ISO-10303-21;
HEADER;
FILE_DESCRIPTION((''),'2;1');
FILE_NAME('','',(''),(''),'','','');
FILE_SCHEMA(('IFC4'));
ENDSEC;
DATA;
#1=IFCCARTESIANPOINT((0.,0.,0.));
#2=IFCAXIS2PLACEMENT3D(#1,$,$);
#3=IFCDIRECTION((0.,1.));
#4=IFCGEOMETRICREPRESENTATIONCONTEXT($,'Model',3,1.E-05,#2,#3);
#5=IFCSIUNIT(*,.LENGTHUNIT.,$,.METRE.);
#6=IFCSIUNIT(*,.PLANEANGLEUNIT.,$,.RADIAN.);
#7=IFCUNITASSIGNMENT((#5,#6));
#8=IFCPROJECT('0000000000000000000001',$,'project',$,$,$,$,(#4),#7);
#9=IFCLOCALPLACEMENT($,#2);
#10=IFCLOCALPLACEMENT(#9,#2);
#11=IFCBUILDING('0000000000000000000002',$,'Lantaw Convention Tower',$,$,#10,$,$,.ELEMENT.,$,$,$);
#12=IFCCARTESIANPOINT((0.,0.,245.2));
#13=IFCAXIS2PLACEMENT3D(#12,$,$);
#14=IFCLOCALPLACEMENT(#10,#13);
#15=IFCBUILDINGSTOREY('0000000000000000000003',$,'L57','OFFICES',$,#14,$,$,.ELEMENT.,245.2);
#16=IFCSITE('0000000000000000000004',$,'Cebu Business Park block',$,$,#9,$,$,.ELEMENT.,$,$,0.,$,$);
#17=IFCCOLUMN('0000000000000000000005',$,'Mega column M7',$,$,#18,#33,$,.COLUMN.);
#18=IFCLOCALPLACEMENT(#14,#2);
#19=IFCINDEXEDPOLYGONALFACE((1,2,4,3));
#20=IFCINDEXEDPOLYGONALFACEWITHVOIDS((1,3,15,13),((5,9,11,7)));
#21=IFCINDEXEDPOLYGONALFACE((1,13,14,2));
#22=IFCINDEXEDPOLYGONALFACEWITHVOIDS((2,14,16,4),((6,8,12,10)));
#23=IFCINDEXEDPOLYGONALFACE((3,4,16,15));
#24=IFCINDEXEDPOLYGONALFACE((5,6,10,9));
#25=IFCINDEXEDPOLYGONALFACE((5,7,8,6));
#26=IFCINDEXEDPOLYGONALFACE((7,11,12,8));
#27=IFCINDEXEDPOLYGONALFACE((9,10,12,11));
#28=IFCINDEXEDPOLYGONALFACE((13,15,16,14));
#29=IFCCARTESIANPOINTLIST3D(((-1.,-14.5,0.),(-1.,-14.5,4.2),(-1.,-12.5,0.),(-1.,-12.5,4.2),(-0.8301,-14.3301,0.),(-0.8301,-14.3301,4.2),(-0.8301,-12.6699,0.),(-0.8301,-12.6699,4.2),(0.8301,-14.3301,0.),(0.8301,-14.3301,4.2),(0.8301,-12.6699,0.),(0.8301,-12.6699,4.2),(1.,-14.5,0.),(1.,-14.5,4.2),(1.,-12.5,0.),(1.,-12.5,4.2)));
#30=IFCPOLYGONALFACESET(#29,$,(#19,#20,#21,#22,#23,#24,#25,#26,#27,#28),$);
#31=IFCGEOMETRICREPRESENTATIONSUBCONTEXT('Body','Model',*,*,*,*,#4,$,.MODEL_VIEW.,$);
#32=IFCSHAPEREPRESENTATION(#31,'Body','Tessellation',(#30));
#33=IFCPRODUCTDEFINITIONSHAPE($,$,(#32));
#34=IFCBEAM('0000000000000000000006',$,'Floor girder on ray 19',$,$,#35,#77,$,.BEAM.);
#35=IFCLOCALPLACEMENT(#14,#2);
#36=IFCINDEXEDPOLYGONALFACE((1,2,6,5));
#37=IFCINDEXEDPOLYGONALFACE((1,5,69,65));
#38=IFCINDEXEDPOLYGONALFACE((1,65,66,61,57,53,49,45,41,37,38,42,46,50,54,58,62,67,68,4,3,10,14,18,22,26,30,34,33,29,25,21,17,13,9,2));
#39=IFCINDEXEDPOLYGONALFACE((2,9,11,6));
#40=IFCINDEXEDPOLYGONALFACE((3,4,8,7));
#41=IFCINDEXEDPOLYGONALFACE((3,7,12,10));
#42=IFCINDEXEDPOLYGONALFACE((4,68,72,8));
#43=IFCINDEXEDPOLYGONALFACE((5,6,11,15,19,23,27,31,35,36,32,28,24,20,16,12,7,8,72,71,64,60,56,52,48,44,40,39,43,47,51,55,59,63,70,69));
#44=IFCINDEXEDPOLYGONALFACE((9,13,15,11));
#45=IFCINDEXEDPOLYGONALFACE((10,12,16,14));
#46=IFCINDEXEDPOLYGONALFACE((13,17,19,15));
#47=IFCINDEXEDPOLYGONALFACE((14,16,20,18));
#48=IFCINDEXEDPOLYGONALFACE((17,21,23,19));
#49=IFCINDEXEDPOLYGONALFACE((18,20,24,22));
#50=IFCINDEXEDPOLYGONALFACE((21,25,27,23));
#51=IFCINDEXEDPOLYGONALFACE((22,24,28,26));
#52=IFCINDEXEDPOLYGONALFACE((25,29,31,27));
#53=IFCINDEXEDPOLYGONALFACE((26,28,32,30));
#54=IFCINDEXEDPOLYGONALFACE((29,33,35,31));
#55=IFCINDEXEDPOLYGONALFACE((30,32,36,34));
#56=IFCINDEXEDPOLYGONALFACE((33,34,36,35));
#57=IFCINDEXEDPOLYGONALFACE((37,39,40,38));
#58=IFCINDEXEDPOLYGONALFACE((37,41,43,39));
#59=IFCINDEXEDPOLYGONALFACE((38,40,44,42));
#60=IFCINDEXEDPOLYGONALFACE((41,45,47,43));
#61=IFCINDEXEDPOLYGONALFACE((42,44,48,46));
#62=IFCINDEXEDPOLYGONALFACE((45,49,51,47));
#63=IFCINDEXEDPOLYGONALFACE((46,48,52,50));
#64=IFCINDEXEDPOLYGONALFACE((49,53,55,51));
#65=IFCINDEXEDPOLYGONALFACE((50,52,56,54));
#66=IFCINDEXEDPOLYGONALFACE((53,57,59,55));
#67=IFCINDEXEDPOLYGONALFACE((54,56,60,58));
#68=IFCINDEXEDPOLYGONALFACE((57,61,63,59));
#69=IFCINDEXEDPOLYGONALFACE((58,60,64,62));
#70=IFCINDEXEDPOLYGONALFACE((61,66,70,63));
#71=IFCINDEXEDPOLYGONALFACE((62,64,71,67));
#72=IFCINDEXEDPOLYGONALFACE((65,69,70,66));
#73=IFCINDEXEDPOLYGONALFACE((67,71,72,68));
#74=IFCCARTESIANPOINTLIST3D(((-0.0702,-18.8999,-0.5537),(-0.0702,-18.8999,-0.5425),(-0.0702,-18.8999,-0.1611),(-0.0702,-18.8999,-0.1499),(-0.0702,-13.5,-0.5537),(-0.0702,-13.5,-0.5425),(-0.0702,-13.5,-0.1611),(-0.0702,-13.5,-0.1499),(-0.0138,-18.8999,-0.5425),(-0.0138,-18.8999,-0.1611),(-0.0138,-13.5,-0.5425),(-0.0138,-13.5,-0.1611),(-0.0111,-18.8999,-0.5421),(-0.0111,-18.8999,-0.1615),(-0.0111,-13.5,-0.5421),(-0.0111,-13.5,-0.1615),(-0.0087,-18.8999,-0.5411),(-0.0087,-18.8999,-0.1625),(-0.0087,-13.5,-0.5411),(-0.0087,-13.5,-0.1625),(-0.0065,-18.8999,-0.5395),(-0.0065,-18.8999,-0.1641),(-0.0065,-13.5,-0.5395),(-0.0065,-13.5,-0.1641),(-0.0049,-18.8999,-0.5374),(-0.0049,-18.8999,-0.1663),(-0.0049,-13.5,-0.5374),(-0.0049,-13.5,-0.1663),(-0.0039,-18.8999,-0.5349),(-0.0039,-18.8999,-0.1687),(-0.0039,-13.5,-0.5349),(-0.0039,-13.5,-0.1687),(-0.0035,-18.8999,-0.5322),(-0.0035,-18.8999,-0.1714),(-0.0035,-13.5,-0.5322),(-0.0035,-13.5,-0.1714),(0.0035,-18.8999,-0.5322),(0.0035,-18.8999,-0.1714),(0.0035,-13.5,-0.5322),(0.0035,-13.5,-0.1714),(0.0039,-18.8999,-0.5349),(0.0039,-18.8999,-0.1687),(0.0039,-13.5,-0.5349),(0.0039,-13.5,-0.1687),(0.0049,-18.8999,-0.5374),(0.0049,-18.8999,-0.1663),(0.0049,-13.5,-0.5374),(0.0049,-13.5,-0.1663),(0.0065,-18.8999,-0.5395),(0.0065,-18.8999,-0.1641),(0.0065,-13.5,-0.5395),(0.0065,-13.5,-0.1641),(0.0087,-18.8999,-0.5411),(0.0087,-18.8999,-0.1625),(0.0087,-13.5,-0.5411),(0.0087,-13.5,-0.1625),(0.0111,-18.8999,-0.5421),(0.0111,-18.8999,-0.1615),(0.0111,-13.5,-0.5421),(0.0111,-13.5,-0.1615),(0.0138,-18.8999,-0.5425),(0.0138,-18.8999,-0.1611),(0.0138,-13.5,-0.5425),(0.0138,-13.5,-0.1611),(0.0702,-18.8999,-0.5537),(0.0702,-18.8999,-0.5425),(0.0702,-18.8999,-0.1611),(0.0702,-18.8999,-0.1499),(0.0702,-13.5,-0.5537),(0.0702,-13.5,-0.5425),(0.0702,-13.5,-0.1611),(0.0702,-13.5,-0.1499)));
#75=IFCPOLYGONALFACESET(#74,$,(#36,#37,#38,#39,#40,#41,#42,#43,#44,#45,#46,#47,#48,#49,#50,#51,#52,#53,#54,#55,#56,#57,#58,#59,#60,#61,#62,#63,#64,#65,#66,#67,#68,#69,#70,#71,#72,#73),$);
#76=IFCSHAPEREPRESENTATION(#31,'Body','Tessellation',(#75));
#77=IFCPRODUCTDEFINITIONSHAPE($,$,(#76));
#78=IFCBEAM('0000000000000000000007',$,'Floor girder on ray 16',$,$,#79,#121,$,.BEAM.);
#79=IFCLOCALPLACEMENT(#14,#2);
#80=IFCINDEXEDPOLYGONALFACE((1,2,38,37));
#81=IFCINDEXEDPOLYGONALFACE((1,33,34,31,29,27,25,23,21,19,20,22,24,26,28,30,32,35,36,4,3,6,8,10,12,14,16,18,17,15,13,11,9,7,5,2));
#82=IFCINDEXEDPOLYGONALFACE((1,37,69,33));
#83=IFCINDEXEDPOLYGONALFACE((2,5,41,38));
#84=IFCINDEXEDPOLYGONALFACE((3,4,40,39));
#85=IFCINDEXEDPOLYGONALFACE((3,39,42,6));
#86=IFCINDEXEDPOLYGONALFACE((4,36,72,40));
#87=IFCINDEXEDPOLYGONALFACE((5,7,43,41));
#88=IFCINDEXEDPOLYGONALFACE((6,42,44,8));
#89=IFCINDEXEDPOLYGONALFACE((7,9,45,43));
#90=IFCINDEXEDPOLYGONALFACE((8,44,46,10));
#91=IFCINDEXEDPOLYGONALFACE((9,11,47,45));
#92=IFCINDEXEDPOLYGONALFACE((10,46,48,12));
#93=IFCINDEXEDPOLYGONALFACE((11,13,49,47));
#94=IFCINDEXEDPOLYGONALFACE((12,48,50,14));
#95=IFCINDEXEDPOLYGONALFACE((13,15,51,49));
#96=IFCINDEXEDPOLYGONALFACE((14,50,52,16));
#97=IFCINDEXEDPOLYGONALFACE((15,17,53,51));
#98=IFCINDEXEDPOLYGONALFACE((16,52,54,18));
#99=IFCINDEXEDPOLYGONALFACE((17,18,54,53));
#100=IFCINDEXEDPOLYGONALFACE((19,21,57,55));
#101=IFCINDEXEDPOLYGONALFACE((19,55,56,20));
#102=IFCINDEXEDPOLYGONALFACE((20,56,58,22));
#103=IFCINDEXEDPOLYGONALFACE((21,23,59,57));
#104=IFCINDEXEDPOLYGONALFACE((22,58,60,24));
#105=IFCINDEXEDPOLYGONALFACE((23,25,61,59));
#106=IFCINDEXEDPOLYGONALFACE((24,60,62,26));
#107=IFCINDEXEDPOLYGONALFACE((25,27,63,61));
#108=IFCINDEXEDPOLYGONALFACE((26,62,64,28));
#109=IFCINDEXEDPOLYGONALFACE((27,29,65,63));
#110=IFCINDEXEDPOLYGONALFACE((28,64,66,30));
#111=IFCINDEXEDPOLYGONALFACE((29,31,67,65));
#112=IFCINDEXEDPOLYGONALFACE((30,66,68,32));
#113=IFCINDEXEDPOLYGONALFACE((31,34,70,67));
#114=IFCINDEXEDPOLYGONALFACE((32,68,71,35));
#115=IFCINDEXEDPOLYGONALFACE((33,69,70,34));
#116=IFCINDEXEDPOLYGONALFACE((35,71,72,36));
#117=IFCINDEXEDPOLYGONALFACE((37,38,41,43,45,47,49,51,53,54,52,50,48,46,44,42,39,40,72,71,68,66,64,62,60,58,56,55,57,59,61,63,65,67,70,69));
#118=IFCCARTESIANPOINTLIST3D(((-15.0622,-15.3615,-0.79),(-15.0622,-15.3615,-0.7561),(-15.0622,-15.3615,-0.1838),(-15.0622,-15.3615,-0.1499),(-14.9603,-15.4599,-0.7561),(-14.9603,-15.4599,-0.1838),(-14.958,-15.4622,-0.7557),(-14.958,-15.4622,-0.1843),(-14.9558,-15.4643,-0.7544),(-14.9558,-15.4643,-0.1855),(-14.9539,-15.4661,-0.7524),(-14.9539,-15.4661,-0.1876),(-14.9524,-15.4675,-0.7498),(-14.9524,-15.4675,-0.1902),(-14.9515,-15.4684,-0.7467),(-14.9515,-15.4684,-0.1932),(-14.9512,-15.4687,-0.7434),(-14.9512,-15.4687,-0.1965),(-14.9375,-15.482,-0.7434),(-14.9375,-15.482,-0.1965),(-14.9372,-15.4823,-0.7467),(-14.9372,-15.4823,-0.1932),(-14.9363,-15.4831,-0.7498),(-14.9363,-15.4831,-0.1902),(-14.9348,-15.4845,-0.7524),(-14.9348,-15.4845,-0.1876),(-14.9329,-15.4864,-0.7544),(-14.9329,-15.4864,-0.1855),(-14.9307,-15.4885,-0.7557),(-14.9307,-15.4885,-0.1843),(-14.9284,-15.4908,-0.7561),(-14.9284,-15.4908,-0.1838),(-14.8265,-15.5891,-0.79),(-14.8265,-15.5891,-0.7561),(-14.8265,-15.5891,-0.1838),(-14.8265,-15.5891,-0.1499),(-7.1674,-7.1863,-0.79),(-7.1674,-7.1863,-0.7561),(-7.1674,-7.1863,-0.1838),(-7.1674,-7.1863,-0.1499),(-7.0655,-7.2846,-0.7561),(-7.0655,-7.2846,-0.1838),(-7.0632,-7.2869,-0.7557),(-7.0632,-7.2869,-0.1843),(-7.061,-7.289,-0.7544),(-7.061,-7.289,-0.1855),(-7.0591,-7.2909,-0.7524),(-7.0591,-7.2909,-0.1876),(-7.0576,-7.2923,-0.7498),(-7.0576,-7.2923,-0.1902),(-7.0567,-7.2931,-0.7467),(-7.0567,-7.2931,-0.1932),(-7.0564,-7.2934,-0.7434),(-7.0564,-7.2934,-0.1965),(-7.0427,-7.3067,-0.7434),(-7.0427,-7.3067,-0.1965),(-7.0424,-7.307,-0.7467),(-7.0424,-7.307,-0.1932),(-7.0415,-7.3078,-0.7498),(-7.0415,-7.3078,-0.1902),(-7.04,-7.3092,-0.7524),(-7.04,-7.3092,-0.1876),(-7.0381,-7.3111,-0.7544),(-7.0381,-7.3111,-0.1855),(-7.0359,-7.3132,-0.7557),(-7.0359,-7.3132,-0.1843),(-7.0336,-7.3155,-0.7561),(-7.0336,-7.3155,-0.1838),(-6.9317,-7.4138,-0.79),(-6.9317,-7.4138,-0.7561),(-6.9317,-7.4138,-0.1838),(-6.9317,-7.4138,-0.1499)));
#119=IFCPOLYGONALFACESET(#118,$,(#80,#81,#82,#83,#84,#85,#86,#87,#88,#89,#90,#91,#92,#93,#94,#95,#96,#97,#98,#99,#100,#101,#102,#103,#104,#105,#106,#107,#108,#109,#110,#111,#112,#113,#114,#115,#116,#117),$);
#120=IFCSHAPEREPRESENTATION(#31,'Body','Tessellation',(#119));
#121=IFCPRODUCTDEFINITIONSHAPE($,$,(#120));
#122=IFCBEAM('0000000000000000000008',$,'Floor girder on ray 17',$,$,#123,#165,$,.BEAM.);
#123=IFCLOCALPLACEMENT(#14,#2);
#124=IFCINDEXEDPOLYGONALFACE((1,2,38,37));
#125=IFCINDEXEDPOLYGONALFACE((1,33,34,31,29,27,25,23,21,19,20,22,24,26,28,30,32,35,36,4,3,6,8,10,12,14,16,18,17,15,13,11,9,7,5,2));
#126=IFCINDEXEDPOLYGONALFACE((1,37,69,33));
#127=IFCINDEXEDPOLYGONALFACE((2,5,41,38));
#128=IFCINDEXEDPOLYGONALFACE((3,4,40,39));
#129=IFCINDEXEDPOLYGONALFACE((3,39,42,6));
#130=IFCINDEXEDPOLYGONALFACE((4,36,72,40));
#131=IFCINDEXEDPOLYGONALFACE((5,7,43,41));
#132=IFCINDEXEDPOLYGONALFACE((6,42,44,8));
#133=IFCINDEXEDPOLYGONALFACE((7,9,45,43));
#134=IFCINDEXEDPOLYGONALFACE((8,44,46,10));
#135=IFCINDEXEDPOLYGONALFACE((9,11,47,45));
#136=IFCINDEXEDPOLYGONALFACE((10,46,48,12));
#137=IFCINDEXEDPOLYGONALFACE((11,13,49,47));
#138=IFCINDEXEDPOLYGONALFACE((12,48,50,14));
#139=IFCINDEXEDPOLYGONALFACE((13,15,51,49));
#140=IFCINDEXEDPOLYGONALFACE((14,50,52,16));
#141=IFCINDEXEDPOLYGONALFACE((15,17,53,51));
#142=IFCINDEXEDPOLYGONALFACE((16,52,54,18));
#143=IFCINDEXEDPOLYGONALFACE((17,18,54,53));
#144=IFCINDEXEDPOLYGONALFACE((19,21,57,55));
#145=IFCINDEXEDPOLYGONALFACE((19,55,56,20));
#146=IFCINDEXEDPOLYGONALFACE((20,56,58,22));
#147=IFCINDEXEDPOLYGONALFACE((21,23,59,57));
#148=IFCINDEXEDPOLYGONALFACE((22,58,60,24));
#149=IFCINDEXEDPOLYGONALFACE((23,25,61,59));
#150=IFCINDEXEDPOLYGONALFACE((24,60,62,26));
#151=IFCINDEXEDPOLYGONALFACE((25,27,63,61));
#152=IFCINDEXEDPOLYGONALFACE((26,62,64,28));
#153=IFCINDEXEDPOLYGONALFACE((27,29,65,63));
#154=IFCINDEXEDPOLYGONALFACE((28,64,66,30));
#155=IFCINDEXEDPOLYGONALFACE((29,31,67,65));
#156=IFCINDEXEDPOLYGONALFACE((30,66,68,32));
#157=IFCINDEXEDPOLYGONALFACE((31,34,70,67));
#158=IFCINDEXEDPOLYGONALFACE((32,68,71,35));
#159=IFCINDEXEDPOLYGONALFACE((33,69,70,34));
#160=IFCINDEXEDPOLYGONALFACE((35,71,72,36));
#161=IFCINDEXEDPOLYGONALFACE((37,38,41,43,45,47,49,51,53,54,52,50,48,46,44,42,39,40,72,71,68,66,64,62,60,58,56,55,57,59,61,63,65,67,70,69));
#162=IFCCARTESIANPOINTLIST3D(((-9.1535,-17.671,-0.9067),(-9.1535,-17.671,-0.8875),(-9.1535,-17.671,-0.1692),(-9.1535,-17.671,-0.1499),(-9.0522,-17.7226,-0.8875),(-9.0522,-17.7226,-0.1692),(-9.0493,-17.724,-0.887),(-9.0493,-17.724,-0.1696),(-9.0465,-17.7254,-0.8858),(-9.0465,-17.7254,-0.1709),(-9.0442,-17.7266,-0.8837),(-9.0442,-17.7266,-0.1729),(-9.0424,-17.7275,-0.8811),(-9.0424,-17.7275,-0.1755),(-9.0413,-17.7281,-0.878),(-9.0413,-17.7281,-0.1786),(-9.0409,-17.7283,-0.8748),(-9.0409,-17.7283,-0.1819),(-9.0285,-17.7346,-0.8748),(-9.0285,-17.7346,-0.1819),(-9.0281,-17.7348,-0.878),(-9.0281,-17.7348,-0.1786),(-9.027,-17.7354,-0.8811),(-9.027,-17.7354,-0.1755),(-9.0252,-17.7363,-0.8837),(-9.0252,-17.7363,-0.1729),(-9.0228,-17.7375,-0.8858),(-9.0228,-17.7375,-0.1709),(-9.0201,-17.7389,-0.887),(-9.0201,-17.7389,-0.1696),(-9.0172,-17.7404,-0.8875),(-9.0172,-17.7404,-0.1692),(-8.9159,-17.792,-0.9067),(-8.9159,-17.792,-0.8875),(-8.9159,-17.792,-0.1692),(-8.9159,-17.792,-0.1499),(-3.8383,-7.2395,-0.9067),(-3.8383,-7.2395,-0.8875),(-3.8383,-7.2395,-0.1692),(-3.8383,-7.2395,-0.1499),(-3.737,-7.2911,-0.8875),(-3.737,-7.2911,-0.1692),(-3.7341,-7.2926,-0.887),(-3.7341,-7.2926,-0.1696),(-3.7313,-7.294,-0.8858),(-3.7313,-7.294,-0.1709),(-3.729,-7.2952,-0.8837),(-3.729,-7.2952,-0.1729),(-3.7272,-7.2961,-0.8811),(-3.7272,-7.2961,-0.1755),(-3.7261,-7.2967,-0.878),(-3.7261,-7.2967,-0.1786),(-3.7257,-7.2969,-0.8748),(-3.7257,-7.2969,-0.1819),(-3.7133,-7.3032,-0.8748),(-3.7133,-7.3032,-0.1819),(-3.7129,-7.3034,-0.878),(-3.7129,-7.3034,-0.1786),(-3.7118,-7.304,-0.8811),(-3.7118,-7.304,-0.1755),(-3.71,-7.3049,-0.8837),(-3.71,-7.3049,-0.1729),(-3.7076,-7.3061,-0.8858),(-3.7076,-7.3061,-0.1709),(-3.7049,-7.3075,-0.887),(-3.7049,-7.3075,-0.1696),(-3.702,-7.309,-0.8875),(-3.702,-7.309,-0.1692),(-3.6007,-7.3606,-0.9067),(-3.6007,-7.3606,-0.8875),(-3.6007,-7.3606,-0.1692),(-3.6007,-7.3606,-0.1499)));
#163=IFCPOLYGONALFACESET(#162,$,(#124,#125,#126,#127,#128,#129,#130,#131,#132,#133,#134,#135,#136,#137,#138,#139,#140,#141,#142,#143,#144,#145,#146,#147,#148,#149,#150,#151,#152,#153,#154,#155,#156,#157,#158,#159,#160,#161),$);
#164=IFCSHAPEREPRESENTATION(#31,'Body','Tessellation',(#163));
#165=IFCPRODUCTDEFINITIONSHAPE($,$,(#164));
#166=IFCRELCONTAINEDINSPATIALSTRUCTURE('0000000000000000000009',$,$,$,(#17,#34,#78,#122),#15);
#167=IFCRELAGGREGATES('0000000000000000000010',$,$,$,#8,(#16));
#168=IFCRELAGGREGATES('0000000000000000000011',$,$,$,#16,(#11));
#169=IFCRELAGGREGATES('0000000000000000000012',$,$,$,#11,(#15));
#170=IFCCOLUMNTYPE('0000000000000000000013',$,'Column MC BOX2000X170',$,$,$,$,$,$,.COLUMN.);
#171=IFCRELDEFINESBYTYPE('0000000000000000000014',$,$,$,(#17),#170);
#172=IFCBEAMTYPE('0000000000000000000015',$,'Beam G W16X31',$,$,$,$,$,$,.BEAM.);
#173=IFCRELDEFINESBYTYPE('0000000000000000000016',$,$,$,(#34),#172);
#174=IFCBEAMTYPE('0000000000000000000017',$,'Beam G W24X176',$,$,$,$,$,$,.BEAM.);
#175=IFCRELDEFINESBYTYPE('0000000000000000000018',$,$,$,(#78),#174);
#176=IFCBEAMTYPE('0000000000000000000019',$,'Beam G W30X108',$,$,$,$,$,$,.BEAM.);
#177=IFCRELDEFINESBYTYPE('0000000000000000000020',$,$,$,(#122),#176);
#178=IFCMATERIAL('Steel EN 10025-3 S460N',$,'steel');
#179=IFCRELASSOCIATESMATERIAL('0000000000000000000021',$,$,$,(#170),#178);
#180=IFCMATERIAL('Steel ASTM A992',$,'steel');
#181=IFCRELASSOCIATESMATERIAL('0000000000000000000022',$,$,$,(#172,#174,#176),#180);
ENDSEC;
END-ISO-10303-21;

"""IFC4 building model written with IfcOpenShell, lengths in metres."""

from ifc_helpers import new_model, si_unit, direction, frame, origin, origin_2d, place, context, subcontext, project, spatial, rectangle, hollow_rectangle, i_section, extrude, material, material_profile, profile_set, type_object, element, save


model = new_model("IFC4")

# Units and contexts
model_context = context("Model", 3, precision=1e-05, world=origin(), true_north=direction((0.0, 1.0)))
body_context = subcontext(model_context, "Body", "Model", "MODEL_VIEW")
ifc_project = project(units=[si_unit("LENGTHUNIT", "METRE"), si_unit("PLANEANGLEUNIT", "RADIAN")], contexts=[model_context])

# Site, building, storey
site_placement = place(None, origin())
site = spatial("IfcSite", under=ifc_project, at=site_placement, Name="Cebu Business Park block", CompositionType="ELEMENT", RefElevation=0.0)
building_placement = place(site_placement, origin())
building = spatial("IfcBuilding", under=site, at=building_placement, Name="Lantaw Convention Tower", CompositionType="ELEMENT")
storey_placement = place(building_placement, frame((0.0, 0.0, 245.2)))
storey = spatial("IfcBuildingStorey", under=building, at=storey_placement, Name="L57", Description="OFFICES", CompositionType="ELEMENT", Elevation=245.2)

# Column
ifc_material_1 = material(Name="Steel EN 10025-3 S460N", Category="steel")
ifc_material_profile_1 = material_profile(ifc_material_1, hollow_rectangle(XDim=2.0, YDim=2.0, WallThickness=0.1699, at=origin_2d()), Name="BOX2000X170")
ifc_material_2 = material(Name="Concrete C60/75", Category="concrete")
ifc_material_profile_2 = material_profile(ifc_material_2, rectangle(XDim=1.6599, YDim=1.6599, at=origin_2d()), Name="Concrete fill of BOX2000X170")
ifc_profile_set_1 = profile_set([ifc_material_profile_1, ifc_material_profile_2], Name="Steel EN 10025-3 S460N")
column_type = type_object("IfcColumnType", Name="Column MC BOX2000X170", PredefinedType="COLUMN", material=ifc_profile_set_1)
column_placement = place(storey_placement, frame((0.0, -13.5, 0.0), z_axis=(0.0, 0.0, 1.0), x_axis=(1.0, 0.0, 0.0)))
element("IfcColumn", 1, at=column_placement, inside=storey, type_object=column_type, Name="Mega column M7", PredefinedType="COLUMN", context=body_context, shape_type="SweptSolid", body=[
    extrude(hollow_rectangle(XDim=2.0, YDim=2.0, WallThickness=0.1699, at=origin_2d()), origin(), (0.0, 0.0, 1.0), 4.2),
])

# Beams
ifc_material_3 = material(Name="Steel ASTM A992", Category="steel")
ifc_material_profile_3 = material_profile(ifc_material_3, i_section(OverallWidth=0.1404, OverallDepth=0.4038, WebThickness=0.0071, FlangeThickness=0.0112, FilletRadius=0.0103, at=origin_2d()), Name="W16X31")
ifc_profile_set_2 = profile_set([ifc_material_profile_3], Name="Steel ASTM A992")
beam_type_1 = type_object("IfcBeamType", Name="Beam G W16X31", PredefinedType="BEAM", material=ifc_profile_set_2)
beam_1_placement = place(storey_placement, frame((0.0, -13.5, -0.3518), z_axis=(0.0, -1.0, 0.0), x_axis=(1.0, 0.0, 0.0)))
element("IfcBeam", 2, at=beam_1_placement, inside=storey, type_object=beam_type_1, Name="Floor girder on ray 19", PredefinedType="BEAM", context=body_context, shape_type="SweptSolid", body=[
    extrude(i_section(OverallWidth=0.1404, OverallDepth=0.4038, WebThickness=0.0071, FlangeThickness=0.0112, FilletRadius=0.0103, at=origin_2d()), origin(), (0.0, 0.0, 1.0), 5.3999),
])
ifc_material_profile_4 = material_profile(ifc_material_3, i_section(OverallWidth=0.3276, OverallDepth=0.6401, WebThickness=0.019, FlangeThickness=0.0339, FilletRadius=0.0127, at=origin_2d()), Name="W24X176")
ifc_profile_set_3 = profile_set([ifc_material_profile_4], Name="Steel ASTM A992")
beam_type_2 = type_object("IfcBeamType", Name="Beam G W24X176", PredefinedType="BEAM", material=ifc_profile_set_3)
beam_2_placement = place(storey_placement, frame((-7.0496, -7.3, -0.47), z_axis=(-0.694658, -0.71934, 0.0), x_axis=(0.71934, -0.694658, 0.0)))
element("IfcBeam", 3, at=beam_2_placement, inside=storey, type_object=beam_type_2, Name="Floor girder on ray 16", PredefinedType="BEAM", context=body_context, shape_type="SweptSolid", body=[
    extrude(i_section(OverallWidth=0.3276, OverallDepth=0.6401, WebThickness=0.019, FlangeThickness=0.0339, FilletRadius=0.0127, at=origin_2d()), origin(), (0.0, 0.0, 1.0), 11.365),
])
ifc_material_profile_5 = material_profile(ifc_material_3, i_section(OverallWidth=0.2666, OverallDepth=0.7568, WebThickness=0.0139, FlangeThickness=0.0193, FilletRadius=0.0127, at=origin_2d()), Name="W30X108")
ifc_profile_set_4 = profile_set([ifc_material_profile_5], Name="Steel ASTM A992")
beam_type_3 = type_object("IfcBeamType", Name="Beam G W30X108", PredefinedType="BEAM", material=ifc_profile_set_4)
beam_3_placement = place(storey_placement, frame((-3.7195, -7.3, -0.5283), z_axis=(-0.453999, -0.891002, 0.0), x_axis=(0.891002, -0.453999, 0.0)))
element("IfcBeam", 4, at=beam_3_placement, inside=storey, type_object=beam_type_3, Name="Floor girder on ray 17", PredefinedType="BEAM", context=body_context, shape_type="SweptSolid", body=[
    extrude(i_section(OverallWidth=0.2666, OverallDepth=0.7568, WebThickness=0.0139, FlangeThickness=0.0193, FilletRadius=0.0127, at=origin_2d()), origin(), (0.0, 0.0, 1.0), 11.7075),
])

save(model, "model.ifc")
